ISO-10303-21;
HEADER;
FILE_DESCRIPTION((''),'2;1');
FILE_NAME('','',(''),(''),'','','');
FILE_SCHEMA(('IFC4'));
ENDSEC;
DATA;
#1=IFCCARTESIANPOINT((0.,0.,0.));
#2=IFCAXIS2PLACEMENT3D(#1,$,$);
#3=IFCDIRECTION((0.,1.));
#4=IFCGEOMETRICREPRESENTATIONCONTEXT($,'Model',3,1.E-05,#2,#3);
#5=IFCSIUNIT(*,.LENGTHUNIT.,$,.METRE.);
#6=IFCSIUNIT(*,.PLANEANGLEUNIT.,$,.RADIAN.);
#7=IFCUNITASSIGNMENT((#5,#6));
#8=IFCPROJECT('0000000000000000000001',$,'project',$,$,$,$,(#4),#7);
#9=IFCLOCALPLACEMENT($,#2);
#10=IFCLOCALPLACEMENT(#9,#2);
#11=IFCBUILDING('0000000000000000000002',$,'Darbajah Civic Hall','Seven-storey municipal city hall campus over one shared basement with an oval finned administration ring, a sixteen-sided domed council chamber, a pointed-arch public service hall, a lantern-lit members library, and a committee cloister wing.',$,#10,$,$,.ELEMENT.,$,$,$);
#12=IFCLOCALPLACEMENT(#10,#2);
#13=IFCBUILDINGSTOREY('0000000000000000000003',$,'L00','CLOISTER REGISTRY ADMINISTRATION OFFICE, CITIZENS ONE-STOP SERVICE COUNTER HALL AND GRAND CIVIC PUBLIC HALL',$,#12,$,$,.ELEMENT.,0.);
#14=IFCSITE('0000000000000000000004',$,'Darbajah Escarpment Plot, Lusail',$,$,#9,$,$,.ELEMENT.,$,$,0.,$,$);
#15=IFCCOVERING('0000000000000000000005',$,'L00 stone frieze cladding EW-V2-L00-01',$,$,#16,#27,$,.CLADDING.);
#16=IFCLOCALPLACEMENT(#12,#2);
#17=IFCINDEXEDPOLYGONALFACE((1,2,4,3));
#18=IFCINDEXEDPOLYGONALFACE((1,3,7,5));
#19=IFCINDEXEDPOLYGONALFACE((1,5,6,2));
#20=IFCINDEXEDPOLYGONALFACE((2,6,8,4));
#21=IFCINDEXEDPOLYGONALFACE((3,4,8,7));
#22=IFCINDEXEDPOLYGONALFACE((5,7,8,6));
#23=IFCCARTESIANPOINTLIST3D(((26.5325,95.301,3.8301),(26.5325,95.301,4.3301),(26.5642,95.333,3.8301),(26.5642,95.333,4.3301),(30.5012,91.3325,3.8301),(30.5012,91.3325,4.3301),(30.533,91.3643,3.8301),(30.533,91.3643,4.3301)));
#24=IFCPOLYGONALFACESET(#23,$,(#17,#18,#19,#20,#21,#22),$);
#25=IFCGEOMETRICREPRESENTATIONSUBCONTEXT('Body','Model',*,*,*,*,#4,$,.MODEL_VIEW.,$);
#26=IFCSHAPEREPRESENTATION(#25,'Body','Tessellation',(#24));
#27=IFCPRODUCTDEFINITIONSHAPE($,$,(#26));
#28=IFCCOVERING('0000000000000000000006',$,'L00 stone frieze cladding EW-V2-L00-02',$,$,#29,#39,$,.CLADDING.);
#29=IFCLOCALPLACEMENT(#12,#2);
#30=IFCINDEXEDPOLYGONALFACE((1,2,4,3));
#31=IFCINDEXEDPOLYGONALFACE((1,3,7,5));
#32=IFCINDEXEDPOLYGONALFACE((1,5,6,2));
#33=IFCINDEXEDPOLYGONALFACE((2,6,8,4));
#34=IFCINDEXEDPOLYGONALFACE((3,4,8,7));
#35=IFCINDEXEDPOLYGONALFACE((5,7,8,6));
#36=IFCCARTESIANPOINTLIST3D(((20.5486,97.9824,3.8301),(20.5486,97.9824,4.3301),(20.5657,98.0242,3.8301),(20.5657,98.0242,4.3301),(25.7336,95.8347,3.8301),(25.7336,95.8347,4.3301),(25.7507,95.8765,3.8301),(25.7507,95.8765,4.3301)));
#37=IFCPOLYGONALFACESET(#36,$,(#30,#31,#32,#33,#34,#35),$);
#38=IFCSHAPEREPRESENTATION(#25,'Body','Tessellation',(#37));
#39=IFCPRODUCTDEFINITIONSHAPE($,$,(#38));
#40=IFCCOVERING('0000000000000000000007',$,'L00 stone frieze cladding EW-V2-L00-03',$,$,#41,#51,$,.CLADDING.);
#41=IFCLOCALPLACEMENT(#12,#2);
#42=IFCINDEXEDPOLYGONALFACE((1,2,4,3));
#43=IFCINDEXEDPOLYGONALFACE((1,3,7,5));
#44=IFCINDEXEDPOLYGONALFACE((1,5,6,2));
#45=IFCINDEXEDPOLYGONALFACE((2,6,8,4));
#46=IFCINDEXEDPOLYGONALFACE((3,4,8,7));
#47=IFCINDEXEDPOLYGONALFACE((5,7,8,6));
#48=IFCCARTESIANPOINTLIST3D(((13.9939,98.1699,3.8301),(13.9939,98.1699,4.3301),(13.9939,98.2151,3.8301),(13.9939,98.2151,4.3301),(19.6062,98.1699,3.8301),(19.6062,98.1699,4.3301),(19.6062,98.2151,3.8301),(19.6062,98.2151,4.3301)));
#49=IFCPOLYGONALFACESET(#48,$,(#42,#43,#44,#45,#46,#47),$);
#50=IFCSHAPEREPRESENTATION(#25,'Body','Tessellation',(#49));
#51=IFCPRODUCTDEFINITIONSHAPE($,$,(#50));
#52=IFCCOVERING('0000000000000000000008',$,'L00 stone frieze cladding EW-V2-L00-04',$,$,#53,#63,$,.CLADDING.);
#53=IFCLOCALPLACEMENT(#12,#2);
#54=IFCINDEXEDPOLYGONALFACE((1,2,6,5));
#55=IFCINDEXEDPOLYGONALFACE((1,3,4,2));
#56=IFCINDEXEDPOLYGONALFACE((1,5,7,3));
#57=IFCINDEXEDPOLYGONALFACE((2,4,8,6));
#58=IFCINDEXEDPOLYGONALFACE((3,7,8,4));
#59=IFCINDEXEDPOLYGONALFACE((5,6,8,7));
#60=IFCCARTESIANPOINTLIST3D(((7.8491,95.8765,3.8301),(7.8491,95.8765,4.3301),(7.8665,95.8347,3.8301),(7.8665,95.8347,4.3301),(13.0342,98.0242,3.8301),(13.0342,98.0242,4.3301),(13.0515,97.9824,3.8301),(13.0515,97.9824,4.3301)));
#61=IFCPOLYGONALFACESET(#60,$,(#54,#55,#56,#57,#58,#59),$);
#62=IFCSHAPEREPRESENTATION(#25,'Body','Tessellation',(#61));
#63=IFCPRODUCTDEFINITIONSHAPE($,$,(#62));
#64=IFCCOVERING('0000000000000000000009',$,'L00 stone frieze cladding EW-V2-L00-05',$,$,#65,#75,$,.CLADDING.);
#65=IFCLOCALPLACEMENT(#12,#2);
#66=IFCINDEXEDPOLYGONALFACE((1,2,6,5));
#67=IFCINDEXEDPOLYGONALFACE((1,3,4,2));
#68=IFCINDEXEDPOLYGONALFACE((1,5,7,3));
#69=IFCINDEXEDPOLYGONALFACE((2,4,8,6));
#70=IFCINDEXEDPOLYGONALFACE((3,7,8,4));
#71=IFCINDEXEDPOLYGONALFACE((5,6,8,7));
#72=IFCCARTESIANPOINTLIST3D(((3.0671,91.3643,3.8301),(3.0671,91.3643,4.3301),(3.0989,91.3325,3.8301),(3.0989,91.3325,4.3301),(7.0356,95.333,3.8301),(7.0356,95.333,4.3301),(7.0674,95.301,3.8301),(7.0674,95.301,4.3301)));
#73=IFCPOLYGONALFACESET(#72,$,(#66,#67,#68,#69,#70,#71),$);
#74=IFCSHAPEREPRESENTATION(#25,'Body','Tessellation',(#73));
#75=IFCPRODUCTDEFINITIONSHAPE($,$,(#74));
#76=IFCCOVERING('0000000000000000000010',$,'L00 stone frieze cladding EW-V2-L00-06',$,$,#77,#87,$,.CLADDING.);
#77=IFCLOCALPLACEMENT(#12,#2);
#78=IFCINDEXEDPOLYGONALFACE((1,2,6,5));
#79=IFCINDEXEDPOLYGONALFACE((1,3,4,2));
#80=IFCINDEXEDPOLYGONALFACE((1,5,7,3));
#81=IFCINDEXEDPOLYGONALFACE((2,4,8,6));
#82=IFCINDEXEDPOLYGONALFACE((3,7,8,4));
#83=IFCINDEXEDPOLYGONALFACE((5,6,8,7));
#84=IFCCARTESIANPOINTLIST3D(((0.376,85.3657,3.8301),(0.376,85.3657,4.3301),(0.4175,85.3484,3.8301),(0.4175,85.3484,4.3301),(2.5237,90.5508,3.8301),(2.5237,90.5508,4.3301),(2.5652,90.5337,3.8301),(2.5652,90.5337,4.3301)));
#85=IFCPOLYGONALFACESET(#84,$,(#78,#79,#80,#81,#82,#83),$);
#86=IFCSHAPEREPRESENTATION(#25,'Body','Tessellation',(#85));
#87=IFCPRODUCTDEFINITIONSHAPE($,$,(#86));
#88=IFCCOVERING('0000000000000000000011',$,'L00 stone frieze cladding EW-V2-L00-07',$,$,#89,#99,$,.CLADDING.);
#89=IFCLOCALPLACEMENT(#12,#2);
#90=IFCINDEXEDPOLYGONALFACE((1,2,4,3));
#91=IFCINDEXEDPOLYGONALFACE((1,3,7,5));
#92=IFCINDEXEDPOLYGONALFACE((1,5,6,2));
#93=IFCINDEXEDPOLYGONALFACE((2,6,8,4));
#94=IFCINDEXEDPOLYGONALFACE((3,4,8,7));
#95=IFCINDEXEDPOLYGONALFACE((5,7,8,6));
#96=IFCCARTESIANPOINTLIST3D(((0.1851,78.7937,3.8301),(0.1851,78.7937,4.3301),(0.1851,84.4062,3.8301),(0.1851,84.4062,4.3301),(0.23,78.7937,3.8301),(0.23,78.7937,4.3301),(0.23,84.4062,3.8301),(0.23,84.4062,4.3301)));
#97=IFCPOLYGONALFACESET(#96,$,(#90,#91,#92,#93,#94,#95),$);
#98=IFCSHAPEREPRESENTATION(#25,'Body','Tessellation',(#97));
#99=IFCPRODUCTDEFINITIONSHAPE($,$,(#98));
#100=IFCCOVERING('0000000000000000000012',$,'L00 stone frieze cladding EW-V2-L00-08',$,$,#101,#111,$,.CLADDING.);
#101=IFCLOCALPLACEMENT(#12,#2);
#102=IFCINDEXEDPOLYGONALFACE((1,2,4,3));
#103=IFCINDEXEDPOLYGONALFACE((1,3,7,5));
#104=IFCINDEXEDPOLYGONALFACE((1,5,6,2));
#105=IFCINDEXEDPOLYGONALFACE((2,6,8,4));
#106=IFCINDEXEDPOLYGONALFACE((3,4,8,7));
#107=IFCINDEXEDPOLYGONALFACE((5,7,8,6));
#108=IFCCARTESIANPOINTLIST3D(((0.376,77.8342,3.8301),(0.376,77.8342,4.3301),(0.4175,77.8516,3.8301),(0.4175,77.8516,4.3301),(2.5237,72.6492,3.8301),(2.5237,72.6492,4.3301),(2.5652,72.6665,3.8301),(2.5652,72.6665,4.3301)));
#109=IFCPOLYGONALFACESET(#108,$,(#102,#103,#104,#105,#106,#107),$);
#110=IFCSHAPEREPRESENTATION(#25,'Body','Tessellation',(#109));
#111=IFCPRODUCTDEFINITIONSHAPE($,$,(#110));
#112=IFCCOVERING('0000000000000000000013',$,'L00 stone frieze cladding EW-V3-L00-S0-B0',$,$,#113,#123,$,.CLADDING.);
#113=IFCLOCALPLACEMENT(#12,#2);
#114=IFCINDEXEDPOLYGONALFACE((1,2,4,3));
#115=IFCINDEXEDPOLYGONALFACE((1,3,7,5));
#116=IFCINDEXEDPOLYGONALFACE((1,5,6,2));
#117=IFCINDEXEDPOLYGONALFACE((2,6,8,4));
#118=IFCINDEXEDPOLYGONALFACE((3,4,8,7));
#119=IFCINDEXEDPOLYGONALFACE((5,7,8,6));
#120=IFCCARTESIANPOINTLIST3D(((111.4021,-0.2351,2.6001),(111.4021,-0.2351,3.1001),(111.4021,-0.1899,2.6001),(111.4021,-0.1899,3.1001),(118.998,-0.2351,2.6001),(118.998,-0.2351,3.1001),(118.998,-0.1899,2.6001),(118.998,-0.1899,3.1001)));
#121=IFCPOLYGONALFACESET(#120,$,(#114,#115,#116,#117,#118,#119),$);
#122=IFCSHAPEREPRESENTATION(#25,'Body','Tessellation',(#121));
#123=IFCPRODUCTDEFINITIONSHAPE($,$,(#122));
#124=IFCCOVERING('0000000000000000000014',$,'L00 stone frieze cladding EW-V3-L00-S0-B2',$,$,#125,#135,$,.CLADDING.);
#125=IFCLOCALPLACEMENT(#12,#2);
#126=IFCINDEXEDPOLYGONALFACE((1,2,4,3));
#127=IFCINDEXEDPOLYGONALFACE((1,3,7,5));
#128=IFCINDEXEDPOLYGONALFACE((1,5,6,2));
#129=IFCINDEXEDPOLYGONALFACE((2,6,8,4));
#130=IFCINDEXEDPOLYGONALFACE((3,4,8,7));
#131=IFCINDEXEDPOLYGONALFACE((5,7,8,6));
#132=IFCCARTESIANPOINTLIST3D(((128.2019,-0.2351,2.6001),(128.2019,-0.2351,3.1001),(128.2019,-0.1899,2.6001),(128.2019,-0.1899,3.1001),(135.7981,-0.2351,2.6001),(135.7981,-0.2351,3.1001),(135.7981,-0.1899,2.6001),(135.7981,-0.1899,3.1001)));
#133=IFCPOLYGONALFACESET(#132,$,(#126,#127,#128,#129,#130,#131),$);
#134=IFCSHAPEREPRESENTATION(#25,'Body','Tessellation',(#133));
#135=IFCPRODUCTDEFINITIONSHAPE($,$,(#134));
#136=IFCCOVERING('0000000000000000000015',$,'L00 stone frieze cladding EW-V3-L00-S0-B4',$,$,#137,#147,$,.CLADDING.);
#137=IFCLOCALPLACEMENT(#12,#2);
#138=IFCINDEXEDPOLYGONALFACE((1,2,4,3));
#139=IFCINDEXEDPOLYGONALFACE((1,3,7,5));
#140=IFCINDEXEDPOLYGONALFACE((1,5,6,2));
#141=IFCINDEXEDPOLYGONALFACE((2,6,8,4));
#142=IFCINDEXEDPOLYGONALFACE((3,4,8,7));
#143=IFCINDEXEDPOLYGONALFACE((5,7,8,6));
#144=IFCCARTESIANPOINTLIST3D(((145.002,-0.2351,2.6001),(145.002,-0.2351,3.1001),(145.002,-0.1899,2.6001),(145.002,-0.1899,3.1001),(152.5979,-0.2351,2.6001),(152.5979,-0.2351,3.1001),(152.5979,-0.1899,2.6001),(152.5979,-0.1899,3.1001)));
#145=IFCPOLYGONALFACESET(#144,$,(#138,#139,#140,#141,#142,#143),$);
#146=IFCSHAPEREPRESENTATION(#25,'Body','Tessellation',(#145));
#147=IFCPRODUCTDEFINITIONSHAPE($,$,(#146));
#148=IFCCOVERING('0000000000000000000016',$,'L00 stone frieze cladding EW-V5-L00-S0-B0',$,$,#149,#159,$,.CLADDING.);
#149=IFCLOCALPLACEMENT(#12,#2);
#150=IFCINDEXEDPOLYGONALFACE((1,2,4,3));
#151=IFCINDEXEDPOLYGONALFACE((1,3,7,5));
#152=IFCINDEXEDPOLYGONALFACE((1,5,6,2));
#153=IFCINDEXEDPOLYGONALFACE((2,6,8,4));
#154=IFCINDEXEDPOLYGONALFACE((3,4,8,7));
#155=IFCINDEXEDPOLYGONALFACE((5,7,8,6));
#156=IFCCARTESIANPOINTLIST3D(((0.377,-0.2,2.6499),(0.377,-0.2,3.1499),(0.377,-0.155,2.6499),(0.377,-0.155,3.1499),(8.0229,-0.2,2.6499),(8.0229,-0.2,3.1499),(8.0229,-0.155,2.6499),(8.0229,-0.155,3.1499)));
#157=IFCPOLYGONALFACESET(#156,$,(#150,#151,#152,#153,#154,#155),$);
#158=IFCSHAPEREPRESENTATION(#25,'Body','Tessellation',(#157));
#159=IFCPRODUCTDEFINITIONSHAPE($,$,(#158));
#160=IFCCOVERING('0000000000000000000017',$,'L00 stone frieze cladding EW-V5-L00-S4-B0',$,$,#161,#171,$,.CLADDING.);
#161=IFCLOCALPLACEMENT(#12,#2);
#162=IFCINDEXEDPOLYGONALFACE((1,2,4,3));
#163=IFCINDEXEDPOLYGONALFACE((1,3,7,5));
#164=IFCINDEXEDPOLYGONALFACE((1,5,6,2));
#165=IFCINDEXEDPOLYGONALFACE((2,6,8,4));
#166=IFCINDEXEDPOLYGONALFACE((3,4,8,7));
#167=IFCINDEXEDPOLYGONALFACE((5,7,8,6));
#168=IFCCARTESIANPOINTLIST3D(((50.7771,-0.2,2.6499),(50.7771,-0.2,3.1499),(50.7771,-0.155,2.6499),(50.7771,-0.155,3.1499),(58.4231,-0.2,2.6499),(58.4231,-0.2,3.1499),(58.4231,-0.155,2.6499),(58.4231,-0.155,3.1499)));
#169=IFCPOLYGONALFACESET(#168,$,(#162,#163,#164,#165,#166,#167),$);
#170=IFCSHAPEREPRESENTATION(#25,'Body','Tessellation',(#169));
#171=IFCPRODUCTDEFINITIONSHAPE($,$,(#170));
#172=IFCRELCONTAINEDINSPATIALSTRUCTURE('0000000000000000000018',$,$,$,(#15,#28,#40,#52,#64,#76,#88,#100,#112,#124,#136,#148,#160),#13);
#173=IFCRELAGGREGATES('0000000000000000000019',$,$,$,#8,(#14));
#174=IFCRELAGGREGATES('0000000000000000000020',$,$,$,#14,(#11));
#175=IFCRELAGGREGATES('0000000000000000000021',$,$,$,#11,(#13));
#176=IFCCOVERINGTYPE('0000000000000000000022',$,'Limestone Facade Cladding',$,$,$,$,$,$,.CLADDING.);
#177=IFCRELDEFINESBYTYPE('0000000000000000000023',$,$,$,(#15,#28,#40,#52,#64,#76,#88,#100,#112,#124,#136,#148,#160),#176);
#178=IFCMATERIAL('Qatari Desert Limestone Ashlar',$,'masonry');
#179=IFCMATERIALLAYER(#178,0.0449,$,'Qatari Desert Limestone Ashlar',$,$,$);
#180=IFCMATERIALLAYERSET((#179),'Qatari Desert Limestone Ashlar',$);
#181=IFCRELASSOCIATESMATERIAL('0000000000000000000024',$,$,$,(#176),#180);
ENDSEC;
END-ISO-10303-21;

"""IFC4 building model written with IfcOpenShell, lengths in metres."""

from ifc_helpers import new_model, si_unit, direction, frame, origin, place, context, subcontext, project, spatial, polyline, outline, extrude, material, layer, layer_set, type_object, element, save


model = new_model("IFC4")

# Units and contexts
model_context = context("Model", 3, precision=1e-05, world=origin(), true_north=direction((0.0, 1.0)))
body_context = subcontext(model_context, "Body", "Model", "MODEL_VIEW")
ifc_project = project(units=[si_unit("LENGTHUNIT", "METRE"), si_unit("PLANEANGLEUNIT", "RADIAN")], contexts=[model_context])

# Site, building, storey
site_placement = place(None, origin())
site = spatial("IfcSite", under=ifc_project, at=site_placement, Name="Darbajah Escarpment Plot, Lusail", CompositionType="ELEMENT", RefElevation=0.0)
building_placement = place(site_placement, origin())
building = spatial("IfcBuilding", under=site, at=building_placement, Name="Darbajah Civic Hall", Description="Seven-storey municipal city hall campus over one shared basement with an oval finned administration ring, a sixteen-sided domed council chamber, a pointed-arch public service hall, a lantern-lit members library, and a committee cloister wing.", CompositionType="ELEMENT")
storey_placement = place(building_placement, origin())
storey = spatial("IfcBuildingStorey", under=building, at=storey_placement, Name="L00", Description="CLOISTER REGISTRY ADMINISTRATION OFFICE, CITIZENS ONE-STOP SERVICE COUNTER HALL AND GRAND CIVIC PUBLIC HALL", CompositionType="ELEMENT", Elevation=0.0)

# Coverings
ifc_material_1 = material(Name="Qatari Desert Limestone Ashlar", Category="masonry")
ifc_layer_1 = layer(ifc_material_1, 0.0449, Name="Qatari Desert Limestone Ashlar")
ifc_layer_set_1 = layer_set([ifc_layer_1], Name="Qatari Desert Limestone Ashlar")
covering_type = type_object("IfcCoveringType", Name="Limestone Facade Cladding", PredefinedType="CLADDING", material=ifc_layer_set_1)
covering_1_placement = place(storey_placement, frame((0.0, 0.0, 3.8301)))
element("IfcCovering", 1, at=covering_1_placement, inside=storey, type_object=covering_type, Name="L00 stone frieze cladding EW-V2-L00-01", PredefinedType="CLADDING", context=body_context, shape_type="SweptSolid", body=[
    extrude(outline(polyline([(30.5012, 91.3325), (26.5325, 95.301), (26.5642, 95.333), (30.533, 91.3643), (30.5012, 91.3325)])), origin(), (0.0, 0.0, 1.0), 0.5),
])
covering_2_placement = place(storey_placement, frame((0.0, 0.0, 3.8301)))
element("IfcCovering", 2, at=covering_2_placement, inside=storey, type_object=covering_type, Name="L00 stone frieze cladding EW-V2-L00-02", PredefinedType="CLADDING", context=body_context, shape_type="SweptSolid", body=[
    extrude(outline(polyline([(25.7336, 95.8347), (20.5486, 97.9824), (20.5657, 98.0242), (25.7507, 95.8765), (25.7336, 95.8347)])), origin(), (0.0, 0.0, 1.0), 0.5),
])
covering_3_placement = place(storey_placement, frame((0.0, 0.0, 3.8301)))
element("IfcCovering", 3, at=covering_3_placement, inside=storey, type_object=covering_type, Name="L00 stone frieze cladding EW-V2-L00-03", PredefinedType="CLADDING", context=body_context, shape_type="SweptSolid", body=[
    extrude(outline(polyline([(19.6062, 98.1699), (13.9939, 98.1699), (13.9939, 98.2151), (19.6062, 98.2151), (19.6062, 98.1699)])), origin(), (0.0, 0.0, 1.0), 0.5),
])
covering_4_placement = place(storey_placement, frame((0.0, 0.0, 3.8301)))
element("IfcCovering", 4, at=covering_4_placement, inside=storey, type_object=covering_type, Name="L00 stone frieze cladding EW-V2-L00-04", PredefinedType="CLADDING", context=body_context, shape_type="SweptSolid", body=[
    extrude(outline(polyline([(13.0515, 97.9824), (7.8665, 95.8347), (7.8491, 95.8765), (13.0342, 98.0242), (13.0515, 97.9824)])), origin(), (0.0, 0.0, 1.0), 0.5),
])
covering_5_placement = place(storey_placement, frame((0.0, 0.0, 3.8301)))
element("IfcCovering", 5, at=covering_5_placement, inside=storey, type_object=covering_type, Name="L00 stone frieze cladding EW-V2-L00-05", PredefinedType="CLADDING", context=body_context, shape_type="SweptSolid", body=[
    extrude(outline(polyline([(7.0674, 95.301), (3.0989, 91.3325), (3.0671, 91.3643), (7.0356, 95.333), (7.0674, 95.301)])), origin(), (0.0, 0.0, 1.0), 0.5),
])
covering_6_placement = place(storey_placement, frame((0.0, 0.0, 3.8301)))
element("IfcCovering", 6, at=covering_6_placement, inside=storey, type_object=covering_type, Name="L00 stone frieze cladding EW-V2-L00-06", PredefinedType="CLADDING", context=body_context, shape_type="SweptSolid", body=[
    extrude(outline(polyline([(2.5652, 90.5337), (0.4175, 85.3484), (0.376, 85.3657), (2.5237, 90.5508), (2.5652, 90.5337)])), origin(), (0.0, 0.0, 1.0), 0.5),
])
covering_7_placement = place(storey_placement, frame((0.0, 0.0, 3.8301)))
element("IfcCovering", 7, at=covering_7_placement, inside=storey, type_object=covering_type, Name="L00 stone frieze cladding EW-V2-L00-07", PredefinedType="CLADDING", context=body_context, shape_type="SweptSolid", body=[
    extrude(outline(polyline([(0.23, 84.4062), (0.23, 78.7937), (0.1851, 78.7937), (0.1851, 84.4062), (0.23, 84.4062)])), origin(), (0.0, 0.0, 1.0), 0.5),
])
covering_8_placement = place(storey_placement, frame((0.0, 0.0, 3.8301)))
element("IfcCovering", 8, at=covering_8_placement, inside=storey, type_object=covering_type, Name="L00 stone frieze cladding EW-V2-L00-08", PredefinedType="CLADDING", context=body_context, shape_type="SweptSolid", body=[
    extrude(outline(polyline([(0.4175, 77.8516), (2.5652, 72.6665), (2.5237, 72.6492), (0.376, 77.8342), (0.4175, 77.8516)])), origin(), (0.0, 0.0, 1.0), 0.5),
])
covering_9_placement = place(storey_placement, frame((0.0, 0.0, 2.6001)))
element("IfcCovering", 9, at=covering_9_placement, inside=storey, type_object=covering_type, Name="L00 stone frieze cladding EW-V3-L00-S0-B0", PredefinedType="CLADDING", context=body_context, shape_type="SweptSolid", body=[
    extrude(outline(polyline([(111.4021, -0.1899), (118.998, -0.1899), (118.998, -0.2351), (111.4021, -0.2351), (111.4021, -0.1899)])), origin(), (0.0, 0.0, 1.0), 0.5),
])
covering_10_placement = place(storey_placement, frame((0.0, 0.0, 2.6001)))
element("IfcCovering", 10, at=covering_10_placement, inside=storey, type_object=covering_type, Name="L00 stone frieze cladding EW-V3-L00-S0-B2", PredefinedType="CLADDING", context=body_context, shape_type="SweptSolid", body=[
    extrude(outline(polyline([(128.2019, -0.1899), (135.7981, -0.1899), (135.7981, -0.2351), (128.2019, -0.2351), (128.2019, -0.1899)])), origin(), (0.0, 0.0, 1.0), 0.5),
])
covering_11_placement = place(storey_placement, frame((0.0, 0.0, 2.6001)))
element("IfcCovering", 11, at=covering_11_placement, inside=storey, type_object=covering_type, Name="L00 stone frieze cladding EW-V3-L00-S0-B4", PredefinedType="CLADDING", context=body_context, shape_type="SweptSolid", body=[
    extrude(outline(polyline([(145.002, -0.1899), (152.5979, -0.1899), (152.5979, -0.2351), (145.002, -0.2351), (145.002, -0.1899)])), origin(), (0.0, 0.0, 1.0), 0.5),
])
covering_12_placement = place(storey_placement, frame((0.0, 0.0, 2.6499)))
element("IfcCovering", 12, at=covering_12_placement, inside=storey, type_object=covering_type, Name="L00 stone frieze cladding EW-V5-L00-S0-B0", PredefinedType="CLADDING", context=body_context, shape_type="SweptSolid", body=[
    extrude(outline(polyline([(0.377, -0.155), (8.0229, -0.155), (8.0229, -0.2), (0.377, -0.2), (0.377, -0.155)])), origin(), (0.0, 0.0, 1.0), 0.5),
])
covering_13_placement = place(storey_placement, frame((0.0, 0.0, 2.6499)))
element("IfcCovering", 13, at=covering_13_placement, inside=storey, type_object=covering_type, Name="L00 stone frieze cladding EW-V5-L00-S4-B0", PredefinedType="CLADDING", context=body_context, shape_type="SweptSolid", body=[
    extrude(outline(polyline([(50.7771, -0.155), (58.4231, -0.155), (58.4231, -0.2), (50.7771, -0.2), (50.7771, -0.155)])), origin(), (0.0, 0.0, 1.0), 0.5),
])

save(model, "model.ifc")
